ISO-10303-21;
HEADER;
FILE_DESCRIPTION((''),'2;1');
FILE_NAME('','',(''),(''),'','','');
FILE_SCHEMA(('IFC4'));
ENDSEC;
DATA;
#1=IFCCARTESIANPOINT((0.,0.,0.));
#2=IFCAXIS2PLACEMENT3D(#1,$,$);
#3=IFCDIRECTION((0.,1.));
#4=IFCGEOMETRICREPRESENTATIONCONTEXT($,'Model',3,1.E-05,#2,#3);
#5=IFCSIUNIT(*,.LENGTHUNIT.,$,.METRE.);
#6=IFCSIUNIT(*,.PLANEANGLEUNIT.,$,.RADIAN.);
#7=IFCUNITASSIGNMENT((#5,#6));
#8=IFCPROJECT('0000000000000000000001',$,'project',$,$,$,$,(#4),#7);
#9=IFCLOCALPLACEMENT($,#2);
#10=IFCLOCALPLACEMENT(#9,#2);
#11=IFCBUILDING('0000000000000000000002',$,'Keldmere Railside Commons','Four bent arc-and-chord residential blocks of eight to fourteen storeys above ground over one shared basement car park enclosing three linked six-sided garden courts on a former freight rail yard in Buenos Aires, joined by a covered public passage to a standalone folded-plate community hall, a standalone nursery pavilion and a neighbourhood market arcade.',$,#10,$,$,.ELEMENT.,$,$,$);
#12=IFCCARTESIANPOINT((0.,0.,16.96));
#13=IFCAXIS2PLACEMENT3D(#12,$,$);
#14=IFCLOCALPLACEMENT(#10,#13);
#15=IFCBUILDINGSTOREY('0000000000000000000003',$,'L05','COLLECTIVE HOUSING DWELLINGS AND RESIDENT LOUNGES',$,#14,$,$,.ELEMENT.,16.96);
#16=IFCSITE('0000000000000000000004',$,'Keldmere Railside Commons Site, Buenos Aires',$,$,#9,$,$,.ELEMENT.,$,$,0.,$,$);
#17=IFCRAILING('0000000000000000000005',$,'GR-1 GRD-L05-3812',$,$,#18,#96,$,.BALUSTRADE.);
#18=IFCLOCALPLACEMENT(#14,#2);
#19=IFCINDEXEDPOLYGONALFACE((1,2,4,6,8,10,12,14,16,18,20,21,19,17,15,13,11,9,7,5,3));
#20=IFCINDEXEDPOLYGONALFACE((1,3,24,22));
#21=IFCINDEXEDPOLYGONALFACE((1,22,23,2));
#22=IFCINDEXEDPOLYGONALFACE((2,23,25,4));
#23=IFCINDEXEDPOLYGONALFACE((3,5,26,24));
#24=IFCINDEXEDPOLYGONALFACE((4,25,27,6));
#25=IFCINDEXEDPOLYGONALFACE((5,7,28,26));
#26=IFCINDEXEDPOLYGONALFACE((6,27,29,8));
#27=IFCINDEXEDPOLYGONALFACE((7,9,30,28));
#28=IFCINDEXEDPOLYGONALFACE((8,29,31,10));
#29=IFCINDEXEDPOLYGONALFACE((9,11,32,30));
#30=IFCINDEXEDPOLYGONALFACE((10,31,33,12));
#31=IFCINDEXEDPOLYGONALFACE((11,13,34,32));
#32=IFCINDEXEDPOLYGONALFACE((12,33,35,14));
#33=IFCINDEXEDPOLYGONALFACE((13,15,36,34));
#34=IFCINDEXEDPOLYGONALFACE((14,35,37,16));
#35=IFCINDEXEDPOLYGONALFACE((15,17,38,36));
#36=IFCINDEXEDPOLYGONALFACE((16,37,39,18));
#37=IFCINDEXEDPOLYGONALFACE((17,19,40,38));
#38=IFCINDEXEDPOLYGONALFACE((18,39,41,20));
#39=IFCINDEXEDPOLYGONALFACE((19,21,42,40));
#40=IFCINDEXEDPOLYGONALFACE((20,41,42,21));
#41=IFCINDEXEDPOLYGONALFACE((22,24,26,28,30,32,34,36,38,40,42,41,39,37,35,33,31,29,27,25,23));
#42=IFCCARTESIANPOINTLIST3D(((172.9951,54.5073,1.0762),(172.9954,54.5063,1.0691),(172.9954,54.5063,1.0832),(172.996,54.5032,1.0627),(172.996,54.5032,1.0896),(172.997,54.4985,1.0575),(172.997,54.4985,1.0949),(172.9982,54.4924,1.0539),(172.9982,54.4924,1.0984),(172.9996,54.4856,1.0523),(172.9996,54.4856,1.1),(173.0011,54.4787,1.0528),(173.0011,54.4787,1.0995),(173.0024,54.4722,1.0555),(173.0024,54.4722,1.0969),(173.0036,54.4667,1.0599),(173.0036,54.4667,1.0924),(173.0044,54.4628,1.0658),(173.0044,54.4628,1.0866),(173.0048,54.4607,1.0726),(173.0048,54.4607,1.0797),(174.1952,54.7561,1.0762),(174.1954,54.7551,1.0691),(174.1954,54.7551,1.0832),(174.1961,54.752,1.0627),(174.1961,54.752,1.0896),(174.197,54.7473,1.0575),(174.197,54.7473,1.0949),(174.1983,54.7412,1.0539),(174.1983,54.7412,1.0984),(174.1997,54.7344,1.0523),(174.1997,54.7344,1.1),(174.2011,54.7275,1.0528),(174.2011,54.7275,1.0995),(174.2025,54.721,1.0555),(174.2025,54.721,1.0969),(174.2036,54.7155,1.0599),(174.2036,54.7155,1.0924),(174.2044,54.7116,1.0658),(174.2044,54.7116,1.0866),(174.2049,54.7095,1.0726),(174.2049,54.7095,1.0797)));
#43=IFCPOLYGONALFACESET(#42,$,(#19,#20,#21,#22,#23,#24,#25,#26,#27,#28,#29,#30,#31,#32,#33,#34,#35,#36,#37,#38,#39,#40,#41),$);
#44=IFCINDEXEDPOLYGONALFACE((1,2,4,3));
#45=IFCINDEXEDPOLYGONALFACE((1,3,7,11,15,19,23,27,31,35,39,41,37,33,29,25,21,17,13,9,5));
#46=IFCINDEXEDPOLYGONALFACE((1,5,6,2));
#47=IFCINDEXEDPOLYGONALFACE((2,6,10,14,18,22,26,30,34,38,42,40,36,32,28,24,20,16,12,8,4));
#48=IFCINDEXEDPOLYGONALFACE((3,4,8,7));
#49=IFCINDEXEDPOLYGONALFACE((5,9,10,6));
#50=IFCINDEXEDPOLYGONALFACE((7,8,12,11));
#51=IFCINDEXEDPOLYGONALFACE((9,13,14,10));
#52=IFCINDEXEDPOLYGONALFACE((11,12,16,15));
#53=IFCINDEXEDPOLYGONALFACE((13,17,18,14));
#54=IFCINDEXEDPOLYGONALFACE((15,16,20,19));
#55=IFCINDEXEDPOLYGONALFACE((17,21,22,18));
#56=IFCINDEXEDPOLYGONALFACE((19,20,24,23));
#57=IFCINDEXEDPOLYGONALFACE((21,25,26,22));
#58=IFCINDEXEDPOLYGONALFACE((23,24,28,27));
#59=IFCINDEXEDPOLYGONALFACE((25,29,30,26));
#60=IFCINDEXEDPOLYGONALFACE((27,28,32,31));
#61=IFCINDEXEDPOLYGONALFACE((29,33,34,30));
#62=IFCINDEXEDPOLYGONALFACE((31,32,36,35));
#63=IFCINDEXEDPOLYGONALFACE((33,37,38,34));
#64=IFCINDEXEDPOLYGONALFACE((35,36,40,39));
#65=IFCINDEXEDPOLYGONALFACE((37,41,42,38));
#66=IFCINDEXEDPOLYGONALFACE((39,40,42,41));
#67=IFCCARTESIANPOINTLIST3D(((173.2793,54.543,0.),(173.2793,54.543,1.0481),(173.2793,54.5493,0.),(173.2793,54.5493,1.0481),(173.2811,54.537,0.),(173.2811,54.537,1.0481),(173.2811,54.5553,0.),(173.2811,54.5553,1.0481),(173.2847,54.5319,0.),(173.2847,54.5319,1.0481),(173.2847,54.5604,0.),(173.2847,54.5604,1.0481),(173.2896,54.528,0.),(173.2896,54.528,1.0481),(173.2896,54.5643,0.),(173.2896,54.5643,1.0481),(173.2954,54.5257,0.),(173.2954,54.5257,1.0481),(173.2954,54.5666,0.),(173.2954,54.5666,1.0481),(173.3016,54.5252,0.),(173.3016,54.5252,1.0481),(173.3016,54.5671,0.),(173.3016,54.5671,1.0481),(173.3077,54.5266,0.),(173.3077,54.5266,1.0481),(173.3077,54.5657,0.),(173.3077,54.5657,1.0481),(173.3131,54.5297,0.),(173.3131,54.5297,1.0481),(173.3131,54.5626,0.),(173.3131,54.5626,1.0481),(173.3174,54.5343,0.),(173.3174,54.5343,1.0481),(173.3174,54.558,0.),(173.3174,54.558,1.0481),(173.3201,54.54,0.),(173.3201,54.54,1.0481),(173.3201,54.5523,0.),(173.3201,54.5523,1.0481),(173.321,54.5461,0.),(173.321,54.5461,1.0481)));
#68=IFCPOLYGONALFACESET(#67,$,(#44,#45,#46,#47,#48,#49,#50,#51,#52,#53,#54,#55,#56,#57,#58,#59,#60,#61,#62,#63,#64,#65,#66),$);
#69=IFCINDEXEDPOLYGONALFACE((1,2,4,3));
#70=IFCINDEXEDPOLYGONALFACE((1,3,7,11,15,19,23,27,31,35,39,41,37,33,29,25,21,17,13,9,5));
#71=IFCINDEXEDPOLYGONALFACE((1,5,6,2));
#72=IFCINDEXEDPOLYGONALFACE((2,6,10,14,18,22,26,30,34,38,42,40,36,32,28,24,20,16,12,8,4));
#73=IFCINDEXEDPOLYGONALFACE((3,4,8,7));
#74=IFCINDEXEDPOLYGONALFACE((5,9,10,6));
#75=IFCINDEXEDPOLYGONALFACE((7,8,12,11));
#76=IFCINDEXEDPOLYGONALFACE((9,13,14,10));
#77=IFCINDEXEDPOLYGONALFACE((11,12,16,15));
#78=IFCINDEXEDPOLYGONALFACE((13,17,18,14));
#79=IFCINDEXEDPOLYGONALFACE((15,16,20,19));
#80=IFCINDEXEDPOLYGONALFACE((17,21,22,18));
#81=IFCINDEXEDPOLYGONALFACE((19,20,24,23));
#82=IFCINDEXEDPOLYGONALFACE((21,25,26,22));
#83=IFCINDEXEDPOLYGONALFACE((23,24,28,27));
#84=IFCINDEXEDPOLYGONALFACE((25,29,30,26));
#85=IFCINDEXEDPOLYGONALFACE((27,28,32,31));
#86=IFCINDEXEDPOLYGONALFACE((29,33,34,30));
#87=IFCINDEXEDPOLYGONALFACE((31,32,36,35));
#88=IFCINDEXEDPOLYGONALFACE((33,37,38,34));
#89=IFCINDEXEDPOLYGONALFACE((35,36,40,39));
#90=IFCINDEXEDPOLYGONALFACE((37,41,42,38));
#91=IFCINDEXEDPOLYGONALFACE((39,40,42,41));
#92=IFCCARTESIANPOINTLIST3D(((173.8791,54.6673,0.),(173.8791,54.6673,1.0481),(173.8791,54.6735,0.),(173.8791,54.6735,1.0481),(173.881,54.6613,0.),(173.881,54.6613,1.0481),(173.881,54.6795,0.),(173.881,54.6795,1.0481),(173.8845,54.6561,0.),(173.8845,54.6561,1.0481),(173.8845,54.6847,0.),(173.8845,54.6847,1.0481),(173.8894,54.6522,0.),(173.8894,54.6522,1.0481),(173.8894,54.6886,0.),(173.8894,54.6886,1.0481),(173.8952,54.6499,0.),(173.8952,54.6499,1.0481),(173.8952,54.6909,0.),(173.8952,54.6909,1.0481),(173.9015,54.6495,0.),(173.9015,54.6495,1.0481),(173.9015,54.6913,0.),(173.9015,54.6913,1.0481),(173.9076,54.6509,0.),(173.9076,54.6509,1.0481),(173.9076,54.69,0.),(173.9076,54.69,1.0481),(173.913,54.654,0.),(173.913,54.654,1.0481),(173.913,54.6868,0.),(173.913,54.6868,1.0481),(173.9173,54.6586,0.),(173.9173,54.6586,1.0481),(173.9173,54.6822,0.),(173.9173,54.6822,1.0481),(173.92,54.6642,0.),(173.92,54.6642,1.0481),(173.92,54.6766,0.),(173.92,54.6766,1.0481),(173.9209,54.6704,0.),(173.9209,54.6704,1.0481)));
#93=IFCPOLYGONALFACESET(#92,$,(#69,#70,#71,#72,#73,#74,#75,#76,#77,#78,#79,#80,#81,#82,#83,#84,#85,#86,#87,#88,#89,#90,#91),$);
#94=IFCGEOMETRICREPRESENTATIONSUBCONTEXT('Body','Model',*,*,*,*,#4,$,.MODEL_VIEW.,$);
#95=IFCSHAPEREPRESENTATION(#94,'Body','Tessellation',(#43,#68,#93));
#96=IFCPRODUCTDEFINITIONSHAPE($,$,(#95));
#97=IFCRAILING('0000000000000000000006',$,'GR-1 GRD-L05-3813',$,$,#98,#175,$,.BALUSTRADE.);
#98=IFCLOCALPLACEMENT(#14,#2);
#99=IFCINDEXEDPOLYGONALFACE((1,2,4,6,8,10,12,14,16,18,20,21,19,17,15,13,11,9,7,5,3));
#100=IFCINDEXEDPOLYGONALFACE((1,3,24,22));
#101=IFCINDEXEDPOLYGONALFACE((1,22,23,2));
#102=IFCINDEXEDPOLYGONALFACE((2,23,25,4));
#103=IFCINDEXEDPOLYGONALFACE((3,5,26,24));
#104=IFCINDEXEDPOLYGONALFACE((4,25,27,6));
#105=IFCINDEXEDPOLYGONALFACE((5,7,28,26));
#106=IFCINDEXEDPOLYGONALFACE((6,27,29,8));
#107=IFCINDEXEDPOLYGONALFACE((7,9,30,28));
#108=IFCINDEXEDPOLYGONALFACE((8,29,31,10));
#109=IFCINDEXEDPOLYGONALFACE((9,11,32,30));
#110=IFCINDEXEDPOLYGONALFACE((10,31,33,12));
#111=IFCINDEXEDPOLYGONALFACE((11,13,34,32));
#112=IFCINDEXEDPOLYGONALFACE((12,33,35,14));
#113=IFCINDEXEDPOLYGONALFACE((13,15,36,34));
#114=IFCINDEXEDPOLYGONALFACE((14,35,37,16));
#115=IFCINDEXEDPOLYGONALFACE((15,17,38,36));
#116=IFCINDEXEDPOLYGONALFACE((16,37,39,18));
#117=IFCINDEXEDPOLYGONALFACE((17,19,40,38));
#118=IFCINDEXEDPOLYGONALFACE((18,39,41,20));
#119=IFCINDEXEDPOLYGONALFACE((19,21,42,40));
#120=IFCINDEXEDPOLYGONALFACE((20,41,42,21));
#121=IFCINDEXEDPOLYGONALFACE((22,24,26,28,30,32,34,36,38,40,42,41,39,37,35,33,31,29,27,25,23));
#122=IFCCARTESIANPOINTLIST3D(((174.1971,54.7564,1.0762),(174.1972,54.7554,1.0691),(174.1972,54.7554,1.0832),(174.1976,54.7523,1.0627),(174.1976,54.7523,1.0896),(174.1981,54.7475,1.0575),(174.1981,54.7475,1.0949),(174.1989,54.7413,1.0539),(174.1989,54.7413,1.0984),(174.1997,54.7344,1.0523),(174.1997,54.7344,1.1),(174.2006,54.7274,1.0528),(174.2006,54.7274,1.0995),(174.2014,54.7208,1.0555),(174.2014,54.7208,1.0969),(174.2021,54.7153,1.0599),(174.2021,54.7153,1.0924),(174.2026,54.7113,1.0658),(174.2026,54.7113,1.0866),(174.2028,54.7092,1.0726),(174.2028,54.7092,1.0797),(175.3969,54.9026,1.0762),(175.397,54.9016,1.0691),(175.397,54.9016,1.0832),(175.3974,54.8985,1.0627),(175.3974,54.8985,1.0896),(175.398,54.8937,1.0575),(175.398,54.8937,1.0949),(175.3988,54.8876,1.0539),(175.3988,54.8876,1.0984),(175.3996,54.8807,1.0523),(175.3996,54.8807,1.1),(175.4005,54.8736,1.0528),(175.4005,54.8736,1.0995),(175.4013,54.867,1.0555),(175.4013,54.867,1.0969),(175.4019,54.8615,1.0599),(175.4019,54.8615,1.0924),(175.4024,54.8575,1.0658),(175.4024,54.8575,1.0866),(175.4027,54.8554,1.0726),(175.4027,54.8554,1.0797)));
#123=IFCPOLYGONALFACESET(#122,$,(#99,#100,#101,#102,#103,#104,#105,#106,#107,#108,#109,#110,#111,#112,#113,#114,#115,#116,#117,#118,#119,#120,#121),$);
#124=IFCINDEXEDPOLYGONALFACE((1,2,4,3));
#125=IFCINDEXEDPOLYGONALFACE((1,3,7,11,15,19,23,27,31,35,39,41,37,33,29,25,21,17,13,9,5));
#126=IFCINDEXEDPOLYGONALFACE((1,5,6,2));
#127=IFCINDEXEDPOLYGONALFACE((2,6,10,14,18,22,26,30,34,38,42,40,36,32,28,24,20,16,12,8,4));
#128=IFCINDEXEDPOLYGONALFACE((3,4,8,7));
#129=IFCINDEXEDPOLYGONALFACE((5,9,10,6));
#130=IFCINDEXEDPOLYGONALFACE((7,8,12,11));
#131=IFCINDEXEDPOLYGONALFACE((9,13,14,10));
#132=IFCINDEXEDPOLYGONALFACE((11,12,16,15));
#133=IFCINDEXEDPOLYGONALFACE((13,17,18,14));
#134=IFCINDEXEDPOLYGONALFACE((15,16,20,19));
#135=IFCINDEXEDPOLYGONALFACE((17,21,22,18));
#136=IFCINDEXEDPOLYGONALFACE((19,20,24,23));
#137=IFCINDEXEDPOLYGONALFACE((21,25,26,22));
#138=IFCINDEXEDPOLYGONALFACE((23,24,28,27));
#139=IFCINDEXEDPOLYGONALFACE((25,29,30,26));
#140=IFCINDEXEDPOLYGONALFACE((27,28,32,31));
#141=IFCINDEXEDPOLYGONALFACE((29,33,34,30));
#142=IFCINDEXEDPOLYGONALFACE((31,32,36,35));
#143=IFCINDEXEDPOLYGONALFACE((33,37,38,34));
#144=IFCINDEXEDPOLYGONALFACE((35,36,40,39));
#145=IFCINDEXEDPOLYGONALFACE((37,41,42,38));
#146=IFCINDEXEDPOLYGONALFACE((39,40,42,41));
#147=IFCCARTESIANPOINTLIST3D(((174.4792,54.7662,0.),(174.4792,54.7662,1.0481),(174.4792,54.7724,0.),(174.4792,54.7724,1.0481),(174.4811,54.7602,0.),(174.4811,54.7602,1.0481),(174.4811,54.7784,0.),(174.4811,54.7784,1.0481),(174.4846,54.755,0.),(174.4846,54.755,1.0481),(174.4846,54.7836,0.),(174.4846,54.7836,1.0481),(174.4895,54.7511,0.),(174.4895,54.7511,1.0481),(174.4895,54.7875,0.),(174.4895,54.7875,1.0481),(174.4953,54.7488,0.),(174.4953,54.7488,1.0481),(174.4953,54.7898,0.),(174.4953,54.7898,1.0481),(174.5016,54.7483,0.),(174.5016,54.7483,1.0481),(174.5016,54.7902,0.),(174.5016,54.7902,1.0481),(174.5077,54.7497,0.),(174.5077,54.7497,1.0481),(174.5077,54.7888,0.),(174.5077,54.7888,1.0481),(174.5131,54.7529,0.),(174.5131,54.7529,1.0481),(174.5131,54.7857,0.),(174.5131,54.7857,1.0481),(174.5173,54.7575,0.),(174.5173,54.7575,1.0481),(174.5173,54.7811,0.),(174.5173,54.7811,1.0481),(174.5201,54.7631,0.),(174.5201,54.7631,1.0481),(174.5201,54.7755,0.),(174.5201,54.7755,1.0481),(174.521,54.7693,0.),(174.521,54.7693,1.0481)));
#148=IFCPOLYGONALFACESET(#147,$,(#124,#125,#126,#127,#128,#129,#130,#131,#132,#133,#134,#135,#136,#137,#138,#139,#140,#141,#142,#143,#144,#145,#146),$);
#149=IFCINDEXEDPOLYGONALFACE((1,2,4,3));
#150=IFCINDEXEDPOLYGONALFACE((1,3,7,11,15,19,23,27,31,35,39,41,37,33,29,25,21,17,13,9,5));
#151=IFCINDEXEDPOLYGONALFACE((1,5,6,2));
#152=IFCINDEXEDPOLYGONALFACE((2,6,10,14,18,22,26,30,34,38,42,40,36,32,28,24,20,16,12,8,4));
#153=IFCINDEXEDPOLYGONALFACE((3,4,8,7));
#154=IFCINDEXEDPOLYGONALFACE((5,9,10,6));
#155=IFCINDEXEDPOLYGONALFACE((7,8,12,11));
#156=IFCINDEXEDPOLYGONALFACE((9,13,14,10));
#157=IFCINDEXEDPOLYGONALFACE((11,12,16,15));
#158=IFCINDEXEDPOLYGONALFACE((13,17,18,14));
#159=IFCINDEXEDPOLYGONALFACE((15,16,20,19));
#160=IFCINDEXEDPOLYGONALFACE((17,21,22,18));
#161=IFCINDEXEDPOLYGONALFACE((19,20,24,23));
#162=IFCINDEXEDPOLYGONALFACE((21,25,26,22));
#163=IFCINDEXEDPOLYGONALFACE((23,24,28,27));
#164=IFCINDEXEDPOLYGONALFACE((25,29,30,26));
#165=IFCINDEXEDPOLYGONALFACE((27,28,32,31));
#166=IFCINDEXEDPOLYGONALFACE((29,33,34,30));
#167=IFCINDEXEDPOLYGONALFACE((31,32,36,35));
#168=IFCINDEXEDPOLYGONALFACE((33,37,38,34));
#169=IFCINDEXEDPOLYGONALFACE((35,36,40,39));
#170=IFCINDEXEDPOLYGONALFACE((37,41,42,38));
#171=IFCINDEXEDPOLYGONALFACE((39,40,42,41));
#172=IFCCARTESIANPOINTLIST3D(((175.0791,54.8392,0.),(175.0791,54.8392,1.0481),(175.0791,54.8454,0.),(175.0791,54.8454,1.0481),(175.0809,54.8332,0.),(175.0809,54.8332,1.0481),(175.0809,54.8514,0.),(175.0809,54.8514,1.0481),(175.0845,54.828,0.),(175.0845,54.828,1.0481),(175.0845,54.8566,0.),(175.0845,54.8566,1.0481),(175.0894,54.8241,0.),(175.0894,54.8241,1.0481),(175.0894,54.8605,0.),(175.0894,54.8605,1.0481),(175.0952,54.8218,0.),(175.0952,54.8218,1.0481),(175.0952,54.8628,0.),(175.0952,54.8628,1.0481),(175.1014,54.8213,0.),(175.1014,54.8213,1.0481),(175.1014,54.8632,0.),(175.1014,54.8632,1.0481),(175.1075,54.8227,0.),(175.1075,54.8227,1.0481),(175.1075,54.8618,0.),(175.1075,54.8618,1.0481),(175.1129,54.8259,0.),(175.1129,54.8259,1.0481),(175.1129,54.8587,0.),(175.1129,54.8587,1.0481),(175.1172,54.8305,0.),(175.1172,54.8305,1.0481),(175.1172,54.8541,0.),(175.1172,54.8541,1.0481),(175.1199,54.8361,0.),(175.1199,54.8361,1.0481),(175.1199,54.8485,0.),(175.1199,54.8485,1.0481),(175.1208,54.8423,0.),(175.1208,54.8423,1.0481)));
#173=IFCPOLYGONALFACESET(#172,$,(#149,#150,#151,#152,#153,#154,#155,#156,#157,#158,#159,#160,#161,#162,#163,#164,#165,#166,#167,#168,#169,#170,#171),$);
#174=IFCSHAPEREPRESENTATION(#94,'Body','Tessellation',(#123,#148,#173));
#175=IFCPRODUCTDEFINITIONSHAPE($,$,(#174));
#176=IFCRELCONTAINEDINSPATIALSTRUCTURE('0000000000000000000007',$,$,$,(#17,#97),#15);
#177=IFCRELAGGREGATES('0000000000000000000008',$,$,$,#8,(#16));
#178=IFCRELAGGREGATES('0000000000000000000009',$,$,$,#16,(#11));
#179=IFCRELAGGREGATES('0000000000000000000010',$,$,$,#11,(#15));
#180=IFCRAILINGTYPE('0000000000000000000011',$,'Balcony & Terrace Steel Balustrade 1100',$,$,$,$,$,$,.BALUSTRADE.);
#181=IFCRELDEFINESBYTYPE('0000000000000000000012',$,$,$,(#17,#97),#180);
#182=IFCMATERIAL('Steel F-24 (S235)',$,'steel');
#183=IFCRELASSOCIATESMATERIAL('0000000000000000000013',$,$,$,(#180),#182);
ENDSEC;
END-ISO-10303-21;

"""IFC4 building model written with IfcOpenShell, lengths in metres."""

from ifc_helpers import new_model, si_unit, direction, frame, origin, origin_2d, place, context, subcontext, project, spatial, circle, extrude, material, type_object, element, save


model = new_model("IFC4")

# Units and contexts
model_context = context("Model", 3, precision=1e-05, world=origin(), true_north=direction((0.0, 1.0)))
body_context = subcontext(model_context, "Body", "Model", "MODEL_VIEW")
ifc_project = project(units=[si_unit("LENGTHUNIT", "METRE"), si_unit("PLANEANGLEUNIT", "RADIAN")], contexts=[model_context])

# Site, building, storey
site_placement = place(None, origin())
site = spatial("IfcSite", under=ifc_project, at=site_placement, Name="Keldmere Railside Commons Site, Buenos Aires", CompositionType="ELEMENT", RefElevation=0.0)
building_placement = place(site_placement, origin())
building = spatial("IfcBuilding", under=site, at=building_placement, Name="Keldmere Railside Commons", Description="Four bent arc-and-chord residential blocks of eight to fourteen storeys above ground over one shared basement car park enclosing three linked six-sided garden courts on a former freight rail yard in Buenos Aires, joined by a covered public passage to a standalone folded-plate community hall, a standalone nursery pavilion and a neighbourhood market arcade.", CompositionType="ELEMENT")
storey_placement = place(building_placement, frame((0.0, 0.0, 16.96)))
storey = spatial("IfcBuildingStorey", under=building, at=storey_placement, Name="L05", Description="COLLECTIVE HOUSING DWELLINGS AND RESIDENT LOUNGES", CompositionType="ELEMENT", Elevation=16.96)

# Railings
ifc_material_1 = material(Name="Steel F-24 (S235)", Category="steel")
railing_type = type_object("IfcRailingType", Name="Balcony & Terrace Steel Balustrade 1100", PredefinedType="BALUSTRADE", material=ifc_material_1)
railing_1_placement = place(storey_placement, frame((173.0, 54.4839, 0.0)))
element("IfcRailing", 1, at=railing_1_placement, inside=storey, type_object=railing_type, Name="GR-1 GRD-L05-3812", PredefinedType="BALUSTRADE", context=body_context, shape_type="SweptSolid", body=[
    extrude(circle(Radius=0.0239, at=origin_2d()), frame((0.0, 0.0, 1.0762), z_axis=(0.979177, 0.203007, 0.0), x_axis=(-0.203007, 0.979177, 0.0)), (0.0, 0.0, 1.0), 1.2256),
    extrude(circle(Radius=0.021, at=origin_2d()), frame((0.3, 0.0623, 0.0)), (0.0, 0.0, 1.0), 1.0481),
    extrude(circle(Radius=0.021, at=origin_2d()), frame((0.8999, 0.1865, 0.0)), (0.0, 0.0, 1.0), 1.0481),
])
railing_2_placement = place(storey_placement, frame((174.2, 54.7327, 0.0)))
element("IfcRailing", 2, at=railing_2_placement, inside=storey, type_object=railing_type, Name="GR-1 GRD-L05-3813", PredefinedType="BALUSTRADE", context=body_context, shape_type="SweptSolid", body=[
    extrude(circle(Radius=0.0239, at=origin_2d()), frame((0.0, 0.0, 1.0762), z_axis=(0.992655, 0.120977, 0.0), x_axis=(-0.120977, 0.992655, 0.0)), (0.0, 0.0, 1.0), 1.2087),
    extrude(circle(Radius=0.021, at=origin_2d()), frame((0.3, 0.0366, 0.0)), (0.0, 0.0, 1.0), 1.0481),
    extrude(circle(Radius=0.021, at=origin_2d()), frame((0.8999, 0.1096, 0.0)), (0.0, 0.0, 1.0), 1.0481),
])

save(model, "model.ifc")
